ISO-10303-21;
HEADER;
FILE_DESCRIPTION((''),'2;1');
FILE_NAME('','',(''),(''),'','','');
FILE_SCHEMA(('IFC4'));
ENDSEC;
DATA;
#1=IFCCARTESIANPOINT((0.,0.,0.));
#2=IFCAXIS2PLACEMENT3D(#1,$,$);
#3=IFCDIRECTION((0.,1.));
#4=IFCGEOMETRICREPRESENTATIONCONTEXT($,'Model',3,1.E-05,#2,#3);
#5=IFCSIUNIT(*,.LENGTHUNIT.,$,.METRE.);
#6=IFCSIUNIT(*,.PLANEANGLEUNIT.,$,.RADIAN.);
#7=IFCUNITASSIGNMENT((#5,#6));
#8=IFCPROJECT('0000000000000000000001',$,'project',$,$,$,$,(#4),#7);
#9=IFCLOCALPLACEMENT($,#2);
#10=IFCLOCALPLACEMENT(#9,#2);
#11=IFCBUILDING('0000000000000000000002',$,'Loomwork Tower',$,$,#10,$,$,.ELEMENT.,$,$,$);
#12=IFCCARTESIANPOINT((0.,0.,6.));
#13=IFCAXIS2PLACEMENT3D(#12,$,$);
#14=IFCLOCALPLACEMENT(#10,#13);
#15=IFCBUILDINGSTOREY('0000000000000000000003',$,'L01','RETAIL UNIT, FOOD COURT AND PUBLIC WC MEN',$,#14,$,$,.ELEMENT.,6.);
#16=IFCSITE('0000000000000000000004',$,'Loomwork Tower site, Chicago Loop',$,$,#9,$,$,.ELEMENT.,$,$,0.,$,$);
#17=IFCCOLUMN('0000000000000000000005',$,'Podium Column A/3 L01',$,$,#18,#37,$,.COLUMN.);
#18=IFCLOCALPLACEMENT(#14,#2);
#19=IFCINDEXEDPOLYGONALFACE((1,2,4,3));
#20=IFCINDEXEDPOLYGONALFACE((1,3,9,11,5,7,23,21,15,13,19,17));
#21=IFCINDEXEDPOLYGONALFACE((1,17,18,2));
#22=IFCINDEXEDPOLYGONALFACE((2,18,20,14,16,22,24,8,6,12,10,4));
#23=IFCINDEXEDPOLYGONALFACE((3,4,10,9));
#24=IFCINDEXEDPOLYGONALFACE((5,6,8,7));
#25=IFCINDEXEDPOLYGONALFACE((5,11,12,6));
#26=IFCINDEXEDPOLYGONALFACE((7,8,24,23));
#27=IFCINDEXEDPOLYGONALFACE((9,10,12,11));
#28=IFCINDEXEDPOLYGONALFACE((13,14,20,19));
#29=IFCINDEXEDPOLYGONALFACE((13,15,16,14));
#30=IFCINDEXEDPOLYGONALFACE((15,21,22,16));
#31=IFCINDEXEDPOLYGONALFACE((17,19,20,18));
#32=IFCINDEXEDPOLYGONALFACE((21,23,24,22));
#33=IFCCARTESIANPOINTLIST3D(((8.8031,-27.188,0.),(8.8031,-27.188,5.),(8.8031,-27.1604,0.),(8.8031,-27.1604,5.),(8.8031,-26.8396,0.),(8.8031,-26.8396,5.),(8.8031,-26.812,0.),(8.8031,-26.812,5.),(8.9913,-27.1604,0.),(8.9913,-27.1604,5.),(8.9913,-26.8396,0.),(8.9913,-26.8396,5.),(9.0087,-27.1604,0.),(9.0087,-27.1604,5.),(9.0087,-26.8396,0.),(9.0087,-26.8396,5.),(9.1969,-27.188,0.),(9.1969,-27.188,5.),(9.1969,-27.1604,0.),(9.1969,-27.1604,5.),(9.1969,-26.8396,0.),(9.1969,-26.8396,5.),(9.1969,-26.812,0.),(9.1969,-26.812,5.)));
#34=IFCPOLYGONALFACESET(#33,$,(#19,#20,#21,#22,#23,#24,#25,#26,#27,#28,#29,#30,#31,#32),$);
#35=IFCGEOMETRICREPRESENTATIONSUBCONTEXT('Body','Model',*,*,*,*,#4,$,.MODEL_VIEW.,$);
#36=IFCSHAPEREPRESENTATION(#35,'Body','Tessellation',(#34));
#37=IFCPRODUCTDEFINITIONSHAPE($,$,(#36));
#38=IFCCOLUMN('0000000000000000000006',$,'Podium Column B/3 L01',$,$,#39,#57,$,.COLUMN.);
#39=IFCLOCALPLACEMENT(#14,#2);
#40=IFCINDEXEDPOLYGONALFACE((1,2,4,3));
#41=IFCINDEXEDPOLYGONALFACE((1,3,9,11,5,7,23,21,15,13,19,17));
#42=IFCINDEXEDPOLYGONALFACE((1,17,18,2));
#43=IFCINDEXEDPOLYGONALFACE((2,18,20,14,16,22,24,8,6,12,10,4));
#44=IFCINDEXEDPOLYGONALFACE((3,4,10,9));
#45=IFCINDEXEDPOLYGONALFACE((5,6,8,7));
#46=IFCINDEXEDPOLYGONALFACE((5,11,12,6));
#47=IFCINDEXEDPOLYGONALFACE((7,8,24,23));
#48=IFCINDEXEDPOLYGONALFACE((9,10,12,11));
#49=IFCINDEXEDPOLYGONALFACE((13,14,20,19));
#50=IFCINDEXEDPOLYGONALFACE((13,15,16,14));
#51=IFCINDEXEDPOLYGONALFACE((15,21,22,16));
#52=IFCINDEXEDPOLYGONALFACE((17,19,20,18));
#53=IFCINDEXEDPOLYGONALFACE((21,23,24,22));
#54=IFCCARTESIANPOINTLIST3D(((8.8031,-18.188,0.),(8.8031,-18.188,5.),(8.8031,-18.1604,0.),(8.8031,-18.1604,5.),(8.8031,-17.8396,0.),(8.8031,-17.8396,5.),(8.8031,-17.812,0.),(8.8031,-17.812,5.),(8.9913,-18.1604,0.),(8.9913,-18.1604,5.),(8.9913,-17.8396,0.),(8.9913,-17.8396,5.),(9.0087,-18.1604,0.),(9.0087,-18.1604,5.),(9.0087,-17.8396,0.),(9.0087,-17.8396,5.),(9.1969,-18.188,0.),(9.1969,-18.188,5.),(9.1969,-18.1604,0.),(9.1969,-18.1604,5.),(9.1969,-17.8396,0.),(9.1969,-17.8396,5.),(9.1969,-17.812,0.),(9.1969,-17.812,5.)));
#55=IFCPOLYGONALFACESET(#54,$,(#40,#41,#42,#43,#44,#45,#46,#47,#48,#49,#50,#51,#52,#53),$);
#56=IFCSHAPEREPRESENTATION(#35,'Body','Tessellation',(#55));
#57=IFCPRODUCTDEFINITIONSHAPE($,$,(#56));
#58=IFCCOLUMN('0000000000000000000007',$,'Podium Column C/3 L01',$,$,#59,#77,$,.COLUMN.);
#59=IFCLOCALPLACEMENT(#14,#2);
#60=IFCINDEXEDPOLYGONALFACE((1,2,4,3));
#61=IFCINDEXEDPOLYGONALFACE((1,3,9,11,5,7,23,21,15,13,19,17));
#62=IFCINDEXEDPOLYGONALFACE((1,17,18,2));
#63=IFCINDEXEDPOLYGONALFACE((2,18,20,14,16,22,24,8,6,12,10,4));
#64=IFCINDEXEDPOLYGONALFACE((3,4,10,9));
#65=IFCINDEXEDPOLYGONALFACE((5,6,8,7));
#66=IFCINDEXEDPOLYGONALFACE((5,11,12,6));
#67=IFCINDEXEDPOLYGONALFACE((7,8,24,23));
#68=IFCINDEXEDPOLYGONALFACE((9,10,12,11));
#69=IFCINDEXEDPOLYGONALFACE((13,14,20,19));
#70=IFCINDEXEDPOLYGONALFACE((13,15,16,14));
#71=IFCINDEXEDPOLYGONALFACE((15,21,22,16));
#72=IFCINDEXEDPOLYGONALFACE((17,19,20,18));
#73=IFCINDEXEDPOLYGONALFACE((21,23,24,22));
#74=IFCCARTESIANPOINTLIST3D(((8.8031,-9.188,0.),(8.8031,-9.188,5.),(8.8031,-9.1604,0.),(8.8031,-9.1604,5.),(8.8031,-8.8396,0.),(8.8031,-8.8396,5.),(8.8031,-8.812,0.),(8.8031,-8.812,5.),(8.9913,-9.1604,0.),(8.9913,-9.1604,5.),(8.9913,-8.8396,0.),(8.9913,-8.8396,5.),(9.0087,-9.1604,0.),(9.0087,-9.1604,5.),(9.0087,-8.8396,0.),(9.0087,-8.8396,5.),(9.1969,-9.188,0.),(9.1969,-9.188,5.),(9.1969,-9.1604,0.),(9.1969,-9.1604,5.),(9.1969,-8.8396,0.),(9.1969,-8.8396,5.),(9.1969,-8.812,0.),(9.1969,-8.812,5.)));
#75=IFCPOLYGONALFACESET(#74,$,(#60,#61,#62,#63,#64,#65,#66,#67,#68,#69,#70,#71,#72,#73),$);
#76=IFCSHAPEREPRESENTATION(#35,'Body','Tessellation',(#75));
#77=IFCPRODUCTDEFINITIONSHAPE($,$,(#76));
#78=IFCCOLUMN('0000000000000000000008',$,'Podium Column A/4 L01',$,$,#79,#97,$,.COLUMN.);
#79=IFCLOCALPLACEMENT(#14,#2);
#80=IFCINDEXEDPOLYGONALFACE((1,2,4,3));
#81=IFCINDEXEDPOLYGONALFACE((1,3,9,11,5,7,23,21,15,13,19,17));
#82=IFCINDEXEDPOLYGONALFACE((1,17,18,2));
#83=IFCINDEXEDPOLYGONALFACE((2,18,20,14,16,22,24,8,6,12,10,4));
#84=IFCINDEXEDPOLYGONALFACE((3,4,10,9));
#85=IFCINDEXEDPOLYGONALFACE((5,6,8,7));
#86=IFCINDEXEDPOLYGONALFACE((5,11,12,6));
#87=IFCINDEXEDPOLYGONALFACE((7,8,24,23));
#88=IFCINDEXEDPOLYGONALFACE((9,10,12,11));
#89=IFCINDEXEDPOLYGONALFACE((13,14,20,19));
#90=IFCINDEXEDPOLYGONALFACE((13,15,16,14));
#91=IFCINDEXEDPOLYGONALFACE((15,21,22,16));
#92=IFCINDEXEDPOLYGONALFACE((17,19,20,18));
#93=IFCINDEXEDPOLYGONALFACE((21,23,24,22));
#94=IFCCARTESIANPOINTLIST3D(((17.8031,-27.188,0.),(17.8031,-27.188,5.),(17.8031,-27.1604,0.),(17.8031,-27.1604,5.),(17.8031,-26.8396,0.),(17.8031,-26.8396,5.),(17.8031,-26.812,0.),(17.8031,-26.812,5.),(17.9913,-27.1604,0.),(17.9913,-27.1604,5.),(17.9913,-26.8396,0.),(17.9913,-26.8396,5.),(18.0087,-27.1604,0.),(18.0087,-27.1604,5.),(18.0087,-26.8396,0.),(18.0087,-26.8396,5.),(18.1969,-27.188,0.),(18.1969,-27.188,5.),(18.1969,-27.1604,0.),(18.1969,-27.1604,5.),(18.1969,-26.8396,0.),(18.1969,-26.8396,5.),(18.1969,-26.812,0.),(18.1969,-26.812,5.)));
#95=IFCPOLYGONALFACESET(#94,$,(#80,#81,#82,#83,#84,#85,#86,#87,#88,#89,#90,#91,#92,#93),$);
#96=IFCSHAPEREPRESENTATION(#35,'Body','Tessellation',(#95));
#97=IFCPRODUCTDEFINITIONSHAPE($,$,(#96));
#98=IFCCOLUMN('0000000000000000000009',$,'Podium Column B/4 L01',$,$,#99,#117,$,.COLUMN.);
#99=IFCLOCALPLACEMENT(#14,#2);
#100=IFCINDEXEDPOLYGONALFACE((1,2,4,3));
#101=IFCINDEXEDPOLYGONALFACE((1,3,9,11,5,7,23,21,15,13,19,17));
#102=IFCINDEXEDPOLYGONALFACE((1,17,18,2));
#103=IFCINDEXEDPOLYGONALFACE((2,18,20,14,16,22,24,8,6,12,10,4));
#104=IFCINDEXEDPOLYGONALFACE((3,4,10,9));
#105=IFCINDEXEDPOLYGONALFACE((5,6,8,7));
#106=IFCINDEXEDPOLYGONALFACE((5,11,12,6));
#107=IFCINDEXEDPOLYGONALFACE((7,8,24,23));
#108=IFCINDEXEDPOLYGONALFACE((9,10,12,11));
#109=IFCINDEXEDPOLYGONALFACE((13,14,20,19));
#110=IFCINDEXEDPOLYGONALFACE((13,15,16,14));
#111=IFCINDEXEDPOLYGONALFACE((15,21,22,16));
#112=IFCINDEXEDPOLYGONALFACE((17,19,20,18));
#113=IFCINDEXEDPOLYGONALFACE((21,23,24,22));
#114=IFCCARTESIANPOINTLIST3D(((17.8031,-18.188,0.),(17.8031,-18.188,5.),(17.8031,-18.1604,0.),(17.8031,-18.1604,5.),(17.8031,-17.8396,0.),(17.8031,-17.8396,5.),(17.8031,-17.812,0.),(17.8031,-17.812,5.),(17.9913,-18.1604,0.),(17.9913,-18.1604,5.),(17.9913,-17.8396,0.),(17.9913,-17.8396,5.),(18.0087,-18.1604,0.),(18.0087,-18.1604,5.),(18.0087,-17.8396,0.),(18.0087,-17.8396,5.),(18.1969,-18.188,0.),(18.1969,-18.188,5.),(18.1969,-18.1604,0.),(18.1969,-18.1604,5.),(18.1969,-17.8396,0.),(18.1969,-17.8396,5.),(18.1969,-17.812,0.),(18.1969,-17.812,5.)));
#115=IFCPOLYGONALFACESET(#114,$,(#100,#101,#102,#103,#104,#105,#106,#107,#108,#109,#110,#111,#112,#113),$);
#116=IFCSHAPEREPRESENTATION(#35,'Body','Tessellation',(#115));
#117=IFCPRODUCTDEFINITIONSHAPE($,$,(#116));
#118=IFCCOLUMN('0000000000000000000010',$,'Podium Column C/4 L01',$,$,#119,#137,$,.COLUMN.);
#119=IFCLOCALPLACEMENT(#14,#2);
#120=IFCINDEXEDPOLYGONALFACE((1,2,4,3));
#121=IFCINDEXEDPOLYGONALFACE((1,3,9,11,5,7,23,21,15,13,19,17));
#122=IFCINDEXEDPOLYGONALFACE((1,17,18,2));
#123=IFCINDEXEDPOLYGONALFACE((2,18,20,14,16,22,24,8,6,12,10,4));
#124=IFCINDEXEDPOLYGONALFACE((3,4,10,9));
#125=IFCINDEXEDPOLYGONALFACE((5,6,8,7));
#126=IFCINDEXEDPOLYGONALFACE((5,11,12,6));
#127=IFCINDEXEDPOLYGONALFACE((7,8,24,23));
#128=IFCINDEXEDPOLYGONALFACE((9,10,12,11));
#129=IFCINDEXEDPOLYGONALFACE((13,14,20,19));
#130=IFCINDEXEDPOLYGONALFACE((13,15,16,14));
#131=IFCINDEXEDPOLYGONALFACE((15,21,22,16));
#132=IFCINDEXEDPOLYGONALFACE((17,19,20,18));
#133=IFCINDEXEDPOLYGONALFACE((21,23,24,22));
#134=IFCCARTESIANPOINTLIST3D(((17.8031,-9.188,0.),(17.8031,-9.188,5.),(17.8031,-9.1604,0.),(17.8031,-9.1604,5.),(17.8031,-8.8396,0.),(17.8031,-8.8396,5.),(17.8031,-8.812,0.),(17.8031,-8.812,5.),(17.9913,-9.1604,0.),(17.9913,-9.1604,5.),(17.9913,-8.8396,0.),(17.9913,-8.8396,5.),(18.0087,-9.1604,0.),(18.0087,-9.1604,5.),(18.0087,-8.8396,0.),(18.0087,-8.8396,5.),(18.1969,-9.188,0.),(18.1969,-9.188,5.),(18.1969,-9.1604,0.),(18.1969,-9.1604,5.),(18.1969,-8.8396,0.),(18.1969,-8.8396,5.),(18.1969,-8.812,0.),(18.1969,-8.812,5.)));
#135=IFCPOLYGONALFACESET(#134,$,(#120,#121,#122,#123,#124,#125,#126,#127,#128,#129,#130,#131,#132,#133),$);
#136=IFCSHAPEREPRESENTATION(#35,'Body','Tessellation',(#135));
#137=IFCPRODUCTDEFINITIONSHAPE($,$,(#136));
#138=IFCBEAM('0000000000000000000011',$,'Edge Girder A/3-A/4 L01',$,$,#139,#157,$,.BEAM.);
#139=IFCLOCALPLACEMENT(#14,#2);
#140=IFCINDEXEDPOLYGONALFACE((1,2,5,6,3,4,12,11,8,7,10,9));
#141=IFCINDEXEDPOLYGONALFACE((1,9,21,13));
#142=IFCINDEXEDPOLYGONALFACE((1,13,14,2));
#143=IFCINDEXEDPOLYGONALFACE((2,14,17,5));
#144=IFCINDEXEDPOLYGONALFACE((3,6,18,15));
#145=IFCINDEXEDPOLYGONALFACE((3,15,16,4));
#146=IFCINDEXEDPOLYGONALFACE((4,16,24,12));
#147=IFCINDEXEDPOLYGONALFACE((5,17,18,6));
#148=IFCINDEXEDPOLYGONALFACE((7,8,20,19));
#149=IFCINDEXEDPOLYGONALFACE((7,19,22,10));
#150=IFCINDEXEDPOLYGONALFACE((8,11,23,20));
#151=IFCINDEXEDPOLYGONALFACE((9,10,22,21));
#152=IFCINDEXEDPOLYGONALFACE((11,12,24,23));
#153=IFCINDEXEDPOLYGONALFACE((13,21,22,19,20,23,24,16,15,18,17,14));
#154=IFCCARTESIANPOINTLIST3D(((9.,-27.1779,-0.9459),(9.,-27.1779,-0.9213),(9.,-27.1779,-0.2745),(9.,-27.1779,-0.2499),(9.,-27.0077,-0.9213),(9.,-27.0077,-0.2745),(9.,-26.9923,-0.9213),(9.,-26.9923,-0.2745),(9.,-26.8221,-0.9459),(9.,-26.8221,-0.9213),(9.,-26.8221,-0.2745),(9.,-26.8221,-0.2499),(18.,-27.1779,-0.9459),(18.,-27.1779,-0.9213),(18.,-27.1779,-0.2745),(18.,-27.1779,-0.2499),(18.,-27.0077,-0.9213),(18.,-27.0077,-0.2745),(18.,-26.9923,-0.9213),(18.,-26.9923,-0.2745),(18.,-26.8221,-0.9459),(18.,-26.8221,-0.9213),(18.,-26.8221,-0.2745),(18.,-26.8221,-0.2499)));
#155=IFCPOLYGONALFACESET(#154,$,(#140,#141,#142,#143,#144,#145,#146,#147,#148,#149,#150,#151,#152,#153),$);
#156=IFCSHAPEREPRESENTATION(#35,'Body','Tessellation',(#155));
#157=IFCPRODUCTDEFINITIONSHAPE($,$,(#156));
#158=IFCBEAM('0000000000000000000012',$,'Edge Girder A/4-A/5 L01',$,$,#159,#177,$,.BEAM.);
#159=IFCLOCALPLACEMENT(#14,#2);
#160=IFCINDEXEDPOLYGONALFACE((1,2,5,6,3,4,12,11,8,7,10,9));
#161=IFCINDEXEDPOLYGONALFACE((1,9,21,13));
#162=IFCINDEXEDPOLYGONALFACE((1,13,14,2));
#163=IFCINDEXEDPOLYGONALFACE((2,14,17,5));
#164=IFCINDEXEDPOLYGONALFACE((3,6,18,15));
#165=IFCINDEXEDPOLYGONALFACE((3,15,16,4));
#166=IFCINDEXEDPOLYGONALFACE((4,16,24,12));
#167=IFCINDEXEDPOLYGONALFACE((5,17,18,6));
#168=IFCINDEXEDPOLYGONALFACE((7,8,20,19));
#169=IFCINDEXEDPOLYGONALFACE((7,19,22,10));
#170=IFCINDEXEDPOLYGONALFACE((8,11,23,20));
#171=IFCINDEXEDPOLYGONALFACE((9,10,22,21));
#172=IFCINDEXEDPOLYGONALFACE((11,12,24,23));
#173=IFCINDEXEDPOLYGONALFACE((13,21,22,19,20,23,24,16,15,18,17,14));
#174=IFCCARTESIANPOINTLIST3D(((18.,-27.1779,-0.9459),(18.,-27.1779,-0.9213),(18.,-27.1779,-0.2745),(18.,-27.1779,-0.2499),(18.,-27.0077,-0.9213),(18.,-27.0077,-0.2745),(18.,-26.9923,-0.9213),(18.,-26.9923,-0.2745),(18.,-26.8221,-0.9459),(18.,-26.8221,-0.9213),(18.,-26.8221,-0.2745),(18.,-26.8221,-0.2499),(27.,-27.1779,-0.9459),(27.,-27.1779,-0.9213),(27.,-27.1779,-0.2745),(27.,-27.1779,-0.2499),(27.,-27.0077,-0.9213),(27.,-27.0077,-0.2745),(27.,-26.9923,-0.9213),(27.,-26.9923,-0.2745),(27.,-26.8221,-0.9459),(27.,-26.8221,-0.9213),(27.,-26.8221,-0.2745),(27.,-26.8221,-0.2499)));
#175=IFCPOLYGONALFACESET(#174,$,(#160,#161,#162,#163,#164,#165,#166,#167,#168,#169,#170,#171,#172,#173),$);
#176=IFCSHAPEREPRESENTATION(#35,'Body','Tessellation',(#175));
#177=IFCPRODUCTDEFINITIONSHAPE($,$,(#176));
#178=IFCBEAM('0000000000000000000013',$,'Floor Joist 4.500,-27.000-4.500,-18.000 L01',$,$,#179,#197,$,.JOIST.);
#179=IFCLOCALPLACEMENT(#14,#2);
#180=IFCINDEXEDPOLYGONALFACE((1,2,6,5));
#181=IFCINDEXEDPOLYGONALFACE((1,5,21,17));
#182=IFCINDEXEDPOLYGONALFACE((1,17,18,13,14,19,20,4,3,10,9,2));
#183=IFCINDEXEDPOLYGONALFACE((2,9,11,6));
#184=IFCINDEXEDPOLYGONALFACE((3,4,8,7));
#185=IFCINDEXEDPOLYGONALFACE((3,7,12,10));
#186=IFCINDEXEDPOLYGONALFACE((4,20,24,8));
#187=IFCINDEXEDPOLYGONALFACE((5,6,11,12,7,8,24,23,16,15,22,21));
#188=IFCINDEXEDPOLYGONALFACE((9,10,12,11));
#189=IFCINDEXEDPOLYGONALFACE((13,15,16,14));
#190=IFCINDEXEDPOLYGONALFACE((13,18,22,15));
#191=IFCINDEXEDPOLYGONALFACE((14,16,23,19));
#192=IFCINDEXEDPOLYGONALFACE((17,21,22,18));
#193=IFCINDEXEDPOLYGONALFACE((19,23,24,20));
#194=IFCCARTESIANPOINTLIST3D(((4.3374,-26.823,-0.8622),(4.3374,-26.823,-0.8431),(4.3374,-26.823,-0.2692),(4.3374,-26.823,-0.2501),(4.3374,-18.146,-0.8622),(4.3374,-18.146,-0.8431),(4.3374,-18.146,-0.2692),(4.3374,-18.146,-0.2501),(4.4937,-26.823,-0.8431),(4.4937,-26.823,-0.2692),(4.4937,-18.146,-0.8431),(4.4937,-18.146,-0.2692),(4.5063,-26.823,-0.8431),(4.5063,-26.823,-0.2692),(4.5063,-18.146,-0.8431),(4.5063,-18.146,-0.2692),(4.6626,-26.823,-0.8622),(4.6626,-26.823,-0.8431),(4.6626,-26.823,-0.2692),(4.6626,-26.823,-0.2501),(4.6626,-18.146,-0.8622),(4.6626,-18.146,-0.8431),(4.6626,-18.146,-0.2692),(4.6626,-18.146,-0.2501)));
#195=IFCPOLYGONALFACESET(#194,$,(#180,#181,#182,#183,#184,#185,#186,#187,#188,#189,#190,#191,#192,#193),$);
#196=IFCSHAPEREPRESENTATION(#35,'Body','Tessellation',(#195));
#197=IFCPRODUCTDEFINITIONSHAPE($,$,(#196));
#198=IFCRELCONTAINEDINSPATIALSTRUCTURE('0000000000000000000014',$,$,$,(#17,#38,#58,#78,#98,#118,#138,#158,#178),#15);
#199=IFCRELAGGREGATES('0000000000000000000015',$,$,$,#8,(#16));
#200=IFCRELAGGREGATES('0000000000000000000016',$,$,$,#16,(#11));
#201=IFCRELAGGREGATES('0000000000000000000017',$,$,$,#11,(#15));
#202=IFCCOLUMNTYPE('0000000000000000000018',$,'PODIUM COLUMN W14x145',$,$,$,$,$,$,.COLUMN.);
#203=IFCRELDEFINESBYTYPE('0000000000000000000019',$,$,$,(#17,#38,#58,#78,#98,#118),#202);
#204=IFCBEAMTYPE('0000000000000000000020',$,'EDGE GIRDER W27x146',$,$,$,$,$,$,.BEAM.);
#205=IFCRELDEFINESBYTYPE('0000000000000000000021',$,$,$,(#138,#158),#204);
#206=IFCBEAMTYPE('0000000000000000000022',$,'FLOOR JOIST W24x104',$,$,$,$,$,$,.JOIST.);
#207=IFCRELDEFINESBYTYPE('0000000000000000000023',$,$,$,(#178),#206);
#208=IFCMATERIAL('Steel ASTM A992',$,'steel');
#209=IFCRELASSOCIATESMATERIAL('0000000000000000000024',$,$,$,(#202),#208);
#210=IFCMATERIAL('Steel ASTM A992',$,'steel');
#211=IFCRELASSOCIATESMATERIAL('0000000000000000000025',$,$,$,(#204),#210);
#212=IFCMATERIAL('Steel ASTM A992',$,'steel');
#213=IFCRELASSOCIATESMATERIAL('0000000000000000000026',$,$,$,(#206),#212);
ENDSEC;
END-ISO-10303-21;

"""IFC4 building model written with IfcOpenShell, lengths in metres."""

from ifc_helpers import new_model, si_unit, direction, frame, origin, origin_2d, place, context, subcontext, project, spatial, i_section, extrude, material, material_profile, profile_set, type_object, element, save


model = new_model("IFC4")

# Units and contexts
model_context = context("Model", 3, precision=1e-05, world=origin(), true_north=direction((0.0, 1.0)))
body_context = subcontext(model_context, "Body", "Model", "MODEL_VIEW")
ifc_project = project(units=[si_unit("LENGTHUNIT", "METRE"), si_unit("PLANEANGLEUNIT", "RADIAN")], contexts=[model_context])

# Site, building, storey
site_placement = place(None, origin())
site = spatial("IfcSite", under=ifc_project, at=site_placement, Name="Loomwork Tower site, Chicago Loop", CompositionType="ELEMENT", RefElevation=0.0)
building_placement = place(site_placement, origin())
building = spatial("IfcBuilding", under=site, at=building_placement, Name="Loomwork Tower", CompositionType="ELEMENT")
storey_placement = place(building_placement, frame((0.0, 0.0, 6.0)))
storey = spatial("IfcBuildingStorey", under=building, at=storey_placement, Name="L01", Description="RETAIL UNIT, FOOD COURT AND PUBLIC WC MEN", CompositionType="ELEMENT", Elevation=6.0)

# Columns
ifc_material_1 = material(Name="Steel ASTM A992", Category="steel")
ifc_material_profile_1 = material_profile(ifc_material_1, i_section(OverallWidth=0.3938, OverallDepth=0.376, WebThickness=0.0173, FlangeThickness=0.0276, at=origin_2d()), Name="W14x145")
ifc_profile_set_1 = profile_set([ifc_material_profile_1], Name="Steel ASTM A992")
column_type = type_object("IfcColumnType", Name="PODIUM COLUMN W14x145", PredefinedType="COLUMN", material=ifc_profile_set_1)
for number, where, z_axis, x_axis, name in (
    (1, (9.0, -27.0, 0.0), (0.0, 0.0, 1.0), (1.0, 0.0, 0.0), "Podium Column A/3 L01"),
    (2, (9.0, -18.0, 0.0), (0.0, 0.0, 1.0), (1.0, 0.0, 0.0), "Podium Column B/3 L01"),
    (3, (9.0, -9.0, 0.0), (0.0, 0.0, 1.0), (1.0, 0.0, 0.0), "Podium Column C/3 L01"),
    (4, (18.0, -27.0, 0.0), (0.0, 0.0, 1.0), (1.0, 0.0, 0.0), "Podium Column A/4 L01"),
    (5, (18.0, -18.0, 0.0), (0.0, 0.0, 1.0), (1.0, 0.0, 0.0), "Podium Column B/4 L01"),
    (6, (18.0, -9.0, 0.0), (0.0, 0.0, 1.0), (1.0, 0.0, 0.0), "Podium Column C/4 L01"),
):
    element("IfcColumn", number, at=place(storey_placement, frame(where, z_axis=z_axis, x_axis=x_axis)), inside=storey, type_object=column_type, Name=name, PredefinedType="COLUMN", context=body_context, shape_type="SweptSolid", body=[
        extrude(i_section(OverallWidth=0.3938, OverallDepth=0.376, WebThickness=0.0173, FlangeThickness=0.0276, at=origin_2d()), origin(), (0.0, 0.0, 1.0), 5.0),
    ])

# Beams
ifc_material_2 = material(Name="Steel ASTM A992", Category="steel")
ifc_material_profile_2 = material_profile(ifc_material_2, i_section(OverallWidth=0.3557, OverallDepth=0.696, WebThickness=0.0154, FlangeThickness=0.0247, at=origin_2d()), Name="W27x146")
ifc_profile_set_2 = profile_set([ifc_material_profile_2], Name="Steel ASTM A992")
beam_type_1 = type_object("IfcBeamType", Name="EDGE GIRDER W27x146", PredefinedType="BEAM", material=ifc_profile_set_2)
for number, where, z_axis, x_axis, name in (
    (7, (9.0, -27.0, -0.5979), (1.0, 0.0, 0.0), (0.0, 1.0, 0.0), "Edge Girder A/3-A/4 L01"),
    (8, (18.0, -27.0, -0.5979), (1.0, 0.0, 0.0), (0.0, 1.0, 0.0), "Edge Girder A/4-A/5 L01"),
):
    element("IfcBeam", number, at=place(storey_placement, frame(where, z_axis=z_axis, x_axis=x_axis)), inside=storey, type_object=beam_type_1, Name=name, PredefinedType="BEAM", context=body_context, shape_type="SweptSolid", body=[
        extrude(i_section(OverallWidth=0.3557, OverallDepth=0.696, WebThickness=0.0154, FlangeThickness=0.0247, at=origin_2d()), origin(), (0.0, 0.0, 1.0), 9.0),
    ])
ifc_material_3 = material(Name="Steel ASTM A992", Category="steel")
ifc_material_profile_3 = material_profile(ifc_material_3, i_section(OverallWidth=0.3252, OverallDepth=0.6121, WebThickness=0.0127, FlangeThickness=0.019, at=origin_2d()), Name="W24x104")
ifc_profile_set_3 = profile_set([ifc_material_profile_3], Name="Steel ASTM A992")
beam_type_2 = type_object("IfcBeamType", Name="FLOOR JOIST W24x104", PredefinedType="JOIST", material=ifc_profile_set_3)
beam_1_placement = place(storey_placement, frame((4.5, -26.823, -0.5562), z_axis=(0.0, 1.0, 0.0), x_axis=(-1.0, 0.0, 0.0)))
element("IfcBeam", 9, at=beam_1_placement, inside=storey, type_object=beam_type_2, Name="Floor Joist 4.500,-27.000-4.500,-18.000 L01", PredefinedType="JOIST", context=body_context, shape_type="SweptSolid", body=[
    extrude(i_section(OverallWidth=0.3252, OverallDepth=0.6121, WebThickness=0.0127, FlangeThickness=0.019, at=origin_2d()), origin(), (0.0, 0.0, 1.0), 8.677),
])

save(model, "model.ifc")
